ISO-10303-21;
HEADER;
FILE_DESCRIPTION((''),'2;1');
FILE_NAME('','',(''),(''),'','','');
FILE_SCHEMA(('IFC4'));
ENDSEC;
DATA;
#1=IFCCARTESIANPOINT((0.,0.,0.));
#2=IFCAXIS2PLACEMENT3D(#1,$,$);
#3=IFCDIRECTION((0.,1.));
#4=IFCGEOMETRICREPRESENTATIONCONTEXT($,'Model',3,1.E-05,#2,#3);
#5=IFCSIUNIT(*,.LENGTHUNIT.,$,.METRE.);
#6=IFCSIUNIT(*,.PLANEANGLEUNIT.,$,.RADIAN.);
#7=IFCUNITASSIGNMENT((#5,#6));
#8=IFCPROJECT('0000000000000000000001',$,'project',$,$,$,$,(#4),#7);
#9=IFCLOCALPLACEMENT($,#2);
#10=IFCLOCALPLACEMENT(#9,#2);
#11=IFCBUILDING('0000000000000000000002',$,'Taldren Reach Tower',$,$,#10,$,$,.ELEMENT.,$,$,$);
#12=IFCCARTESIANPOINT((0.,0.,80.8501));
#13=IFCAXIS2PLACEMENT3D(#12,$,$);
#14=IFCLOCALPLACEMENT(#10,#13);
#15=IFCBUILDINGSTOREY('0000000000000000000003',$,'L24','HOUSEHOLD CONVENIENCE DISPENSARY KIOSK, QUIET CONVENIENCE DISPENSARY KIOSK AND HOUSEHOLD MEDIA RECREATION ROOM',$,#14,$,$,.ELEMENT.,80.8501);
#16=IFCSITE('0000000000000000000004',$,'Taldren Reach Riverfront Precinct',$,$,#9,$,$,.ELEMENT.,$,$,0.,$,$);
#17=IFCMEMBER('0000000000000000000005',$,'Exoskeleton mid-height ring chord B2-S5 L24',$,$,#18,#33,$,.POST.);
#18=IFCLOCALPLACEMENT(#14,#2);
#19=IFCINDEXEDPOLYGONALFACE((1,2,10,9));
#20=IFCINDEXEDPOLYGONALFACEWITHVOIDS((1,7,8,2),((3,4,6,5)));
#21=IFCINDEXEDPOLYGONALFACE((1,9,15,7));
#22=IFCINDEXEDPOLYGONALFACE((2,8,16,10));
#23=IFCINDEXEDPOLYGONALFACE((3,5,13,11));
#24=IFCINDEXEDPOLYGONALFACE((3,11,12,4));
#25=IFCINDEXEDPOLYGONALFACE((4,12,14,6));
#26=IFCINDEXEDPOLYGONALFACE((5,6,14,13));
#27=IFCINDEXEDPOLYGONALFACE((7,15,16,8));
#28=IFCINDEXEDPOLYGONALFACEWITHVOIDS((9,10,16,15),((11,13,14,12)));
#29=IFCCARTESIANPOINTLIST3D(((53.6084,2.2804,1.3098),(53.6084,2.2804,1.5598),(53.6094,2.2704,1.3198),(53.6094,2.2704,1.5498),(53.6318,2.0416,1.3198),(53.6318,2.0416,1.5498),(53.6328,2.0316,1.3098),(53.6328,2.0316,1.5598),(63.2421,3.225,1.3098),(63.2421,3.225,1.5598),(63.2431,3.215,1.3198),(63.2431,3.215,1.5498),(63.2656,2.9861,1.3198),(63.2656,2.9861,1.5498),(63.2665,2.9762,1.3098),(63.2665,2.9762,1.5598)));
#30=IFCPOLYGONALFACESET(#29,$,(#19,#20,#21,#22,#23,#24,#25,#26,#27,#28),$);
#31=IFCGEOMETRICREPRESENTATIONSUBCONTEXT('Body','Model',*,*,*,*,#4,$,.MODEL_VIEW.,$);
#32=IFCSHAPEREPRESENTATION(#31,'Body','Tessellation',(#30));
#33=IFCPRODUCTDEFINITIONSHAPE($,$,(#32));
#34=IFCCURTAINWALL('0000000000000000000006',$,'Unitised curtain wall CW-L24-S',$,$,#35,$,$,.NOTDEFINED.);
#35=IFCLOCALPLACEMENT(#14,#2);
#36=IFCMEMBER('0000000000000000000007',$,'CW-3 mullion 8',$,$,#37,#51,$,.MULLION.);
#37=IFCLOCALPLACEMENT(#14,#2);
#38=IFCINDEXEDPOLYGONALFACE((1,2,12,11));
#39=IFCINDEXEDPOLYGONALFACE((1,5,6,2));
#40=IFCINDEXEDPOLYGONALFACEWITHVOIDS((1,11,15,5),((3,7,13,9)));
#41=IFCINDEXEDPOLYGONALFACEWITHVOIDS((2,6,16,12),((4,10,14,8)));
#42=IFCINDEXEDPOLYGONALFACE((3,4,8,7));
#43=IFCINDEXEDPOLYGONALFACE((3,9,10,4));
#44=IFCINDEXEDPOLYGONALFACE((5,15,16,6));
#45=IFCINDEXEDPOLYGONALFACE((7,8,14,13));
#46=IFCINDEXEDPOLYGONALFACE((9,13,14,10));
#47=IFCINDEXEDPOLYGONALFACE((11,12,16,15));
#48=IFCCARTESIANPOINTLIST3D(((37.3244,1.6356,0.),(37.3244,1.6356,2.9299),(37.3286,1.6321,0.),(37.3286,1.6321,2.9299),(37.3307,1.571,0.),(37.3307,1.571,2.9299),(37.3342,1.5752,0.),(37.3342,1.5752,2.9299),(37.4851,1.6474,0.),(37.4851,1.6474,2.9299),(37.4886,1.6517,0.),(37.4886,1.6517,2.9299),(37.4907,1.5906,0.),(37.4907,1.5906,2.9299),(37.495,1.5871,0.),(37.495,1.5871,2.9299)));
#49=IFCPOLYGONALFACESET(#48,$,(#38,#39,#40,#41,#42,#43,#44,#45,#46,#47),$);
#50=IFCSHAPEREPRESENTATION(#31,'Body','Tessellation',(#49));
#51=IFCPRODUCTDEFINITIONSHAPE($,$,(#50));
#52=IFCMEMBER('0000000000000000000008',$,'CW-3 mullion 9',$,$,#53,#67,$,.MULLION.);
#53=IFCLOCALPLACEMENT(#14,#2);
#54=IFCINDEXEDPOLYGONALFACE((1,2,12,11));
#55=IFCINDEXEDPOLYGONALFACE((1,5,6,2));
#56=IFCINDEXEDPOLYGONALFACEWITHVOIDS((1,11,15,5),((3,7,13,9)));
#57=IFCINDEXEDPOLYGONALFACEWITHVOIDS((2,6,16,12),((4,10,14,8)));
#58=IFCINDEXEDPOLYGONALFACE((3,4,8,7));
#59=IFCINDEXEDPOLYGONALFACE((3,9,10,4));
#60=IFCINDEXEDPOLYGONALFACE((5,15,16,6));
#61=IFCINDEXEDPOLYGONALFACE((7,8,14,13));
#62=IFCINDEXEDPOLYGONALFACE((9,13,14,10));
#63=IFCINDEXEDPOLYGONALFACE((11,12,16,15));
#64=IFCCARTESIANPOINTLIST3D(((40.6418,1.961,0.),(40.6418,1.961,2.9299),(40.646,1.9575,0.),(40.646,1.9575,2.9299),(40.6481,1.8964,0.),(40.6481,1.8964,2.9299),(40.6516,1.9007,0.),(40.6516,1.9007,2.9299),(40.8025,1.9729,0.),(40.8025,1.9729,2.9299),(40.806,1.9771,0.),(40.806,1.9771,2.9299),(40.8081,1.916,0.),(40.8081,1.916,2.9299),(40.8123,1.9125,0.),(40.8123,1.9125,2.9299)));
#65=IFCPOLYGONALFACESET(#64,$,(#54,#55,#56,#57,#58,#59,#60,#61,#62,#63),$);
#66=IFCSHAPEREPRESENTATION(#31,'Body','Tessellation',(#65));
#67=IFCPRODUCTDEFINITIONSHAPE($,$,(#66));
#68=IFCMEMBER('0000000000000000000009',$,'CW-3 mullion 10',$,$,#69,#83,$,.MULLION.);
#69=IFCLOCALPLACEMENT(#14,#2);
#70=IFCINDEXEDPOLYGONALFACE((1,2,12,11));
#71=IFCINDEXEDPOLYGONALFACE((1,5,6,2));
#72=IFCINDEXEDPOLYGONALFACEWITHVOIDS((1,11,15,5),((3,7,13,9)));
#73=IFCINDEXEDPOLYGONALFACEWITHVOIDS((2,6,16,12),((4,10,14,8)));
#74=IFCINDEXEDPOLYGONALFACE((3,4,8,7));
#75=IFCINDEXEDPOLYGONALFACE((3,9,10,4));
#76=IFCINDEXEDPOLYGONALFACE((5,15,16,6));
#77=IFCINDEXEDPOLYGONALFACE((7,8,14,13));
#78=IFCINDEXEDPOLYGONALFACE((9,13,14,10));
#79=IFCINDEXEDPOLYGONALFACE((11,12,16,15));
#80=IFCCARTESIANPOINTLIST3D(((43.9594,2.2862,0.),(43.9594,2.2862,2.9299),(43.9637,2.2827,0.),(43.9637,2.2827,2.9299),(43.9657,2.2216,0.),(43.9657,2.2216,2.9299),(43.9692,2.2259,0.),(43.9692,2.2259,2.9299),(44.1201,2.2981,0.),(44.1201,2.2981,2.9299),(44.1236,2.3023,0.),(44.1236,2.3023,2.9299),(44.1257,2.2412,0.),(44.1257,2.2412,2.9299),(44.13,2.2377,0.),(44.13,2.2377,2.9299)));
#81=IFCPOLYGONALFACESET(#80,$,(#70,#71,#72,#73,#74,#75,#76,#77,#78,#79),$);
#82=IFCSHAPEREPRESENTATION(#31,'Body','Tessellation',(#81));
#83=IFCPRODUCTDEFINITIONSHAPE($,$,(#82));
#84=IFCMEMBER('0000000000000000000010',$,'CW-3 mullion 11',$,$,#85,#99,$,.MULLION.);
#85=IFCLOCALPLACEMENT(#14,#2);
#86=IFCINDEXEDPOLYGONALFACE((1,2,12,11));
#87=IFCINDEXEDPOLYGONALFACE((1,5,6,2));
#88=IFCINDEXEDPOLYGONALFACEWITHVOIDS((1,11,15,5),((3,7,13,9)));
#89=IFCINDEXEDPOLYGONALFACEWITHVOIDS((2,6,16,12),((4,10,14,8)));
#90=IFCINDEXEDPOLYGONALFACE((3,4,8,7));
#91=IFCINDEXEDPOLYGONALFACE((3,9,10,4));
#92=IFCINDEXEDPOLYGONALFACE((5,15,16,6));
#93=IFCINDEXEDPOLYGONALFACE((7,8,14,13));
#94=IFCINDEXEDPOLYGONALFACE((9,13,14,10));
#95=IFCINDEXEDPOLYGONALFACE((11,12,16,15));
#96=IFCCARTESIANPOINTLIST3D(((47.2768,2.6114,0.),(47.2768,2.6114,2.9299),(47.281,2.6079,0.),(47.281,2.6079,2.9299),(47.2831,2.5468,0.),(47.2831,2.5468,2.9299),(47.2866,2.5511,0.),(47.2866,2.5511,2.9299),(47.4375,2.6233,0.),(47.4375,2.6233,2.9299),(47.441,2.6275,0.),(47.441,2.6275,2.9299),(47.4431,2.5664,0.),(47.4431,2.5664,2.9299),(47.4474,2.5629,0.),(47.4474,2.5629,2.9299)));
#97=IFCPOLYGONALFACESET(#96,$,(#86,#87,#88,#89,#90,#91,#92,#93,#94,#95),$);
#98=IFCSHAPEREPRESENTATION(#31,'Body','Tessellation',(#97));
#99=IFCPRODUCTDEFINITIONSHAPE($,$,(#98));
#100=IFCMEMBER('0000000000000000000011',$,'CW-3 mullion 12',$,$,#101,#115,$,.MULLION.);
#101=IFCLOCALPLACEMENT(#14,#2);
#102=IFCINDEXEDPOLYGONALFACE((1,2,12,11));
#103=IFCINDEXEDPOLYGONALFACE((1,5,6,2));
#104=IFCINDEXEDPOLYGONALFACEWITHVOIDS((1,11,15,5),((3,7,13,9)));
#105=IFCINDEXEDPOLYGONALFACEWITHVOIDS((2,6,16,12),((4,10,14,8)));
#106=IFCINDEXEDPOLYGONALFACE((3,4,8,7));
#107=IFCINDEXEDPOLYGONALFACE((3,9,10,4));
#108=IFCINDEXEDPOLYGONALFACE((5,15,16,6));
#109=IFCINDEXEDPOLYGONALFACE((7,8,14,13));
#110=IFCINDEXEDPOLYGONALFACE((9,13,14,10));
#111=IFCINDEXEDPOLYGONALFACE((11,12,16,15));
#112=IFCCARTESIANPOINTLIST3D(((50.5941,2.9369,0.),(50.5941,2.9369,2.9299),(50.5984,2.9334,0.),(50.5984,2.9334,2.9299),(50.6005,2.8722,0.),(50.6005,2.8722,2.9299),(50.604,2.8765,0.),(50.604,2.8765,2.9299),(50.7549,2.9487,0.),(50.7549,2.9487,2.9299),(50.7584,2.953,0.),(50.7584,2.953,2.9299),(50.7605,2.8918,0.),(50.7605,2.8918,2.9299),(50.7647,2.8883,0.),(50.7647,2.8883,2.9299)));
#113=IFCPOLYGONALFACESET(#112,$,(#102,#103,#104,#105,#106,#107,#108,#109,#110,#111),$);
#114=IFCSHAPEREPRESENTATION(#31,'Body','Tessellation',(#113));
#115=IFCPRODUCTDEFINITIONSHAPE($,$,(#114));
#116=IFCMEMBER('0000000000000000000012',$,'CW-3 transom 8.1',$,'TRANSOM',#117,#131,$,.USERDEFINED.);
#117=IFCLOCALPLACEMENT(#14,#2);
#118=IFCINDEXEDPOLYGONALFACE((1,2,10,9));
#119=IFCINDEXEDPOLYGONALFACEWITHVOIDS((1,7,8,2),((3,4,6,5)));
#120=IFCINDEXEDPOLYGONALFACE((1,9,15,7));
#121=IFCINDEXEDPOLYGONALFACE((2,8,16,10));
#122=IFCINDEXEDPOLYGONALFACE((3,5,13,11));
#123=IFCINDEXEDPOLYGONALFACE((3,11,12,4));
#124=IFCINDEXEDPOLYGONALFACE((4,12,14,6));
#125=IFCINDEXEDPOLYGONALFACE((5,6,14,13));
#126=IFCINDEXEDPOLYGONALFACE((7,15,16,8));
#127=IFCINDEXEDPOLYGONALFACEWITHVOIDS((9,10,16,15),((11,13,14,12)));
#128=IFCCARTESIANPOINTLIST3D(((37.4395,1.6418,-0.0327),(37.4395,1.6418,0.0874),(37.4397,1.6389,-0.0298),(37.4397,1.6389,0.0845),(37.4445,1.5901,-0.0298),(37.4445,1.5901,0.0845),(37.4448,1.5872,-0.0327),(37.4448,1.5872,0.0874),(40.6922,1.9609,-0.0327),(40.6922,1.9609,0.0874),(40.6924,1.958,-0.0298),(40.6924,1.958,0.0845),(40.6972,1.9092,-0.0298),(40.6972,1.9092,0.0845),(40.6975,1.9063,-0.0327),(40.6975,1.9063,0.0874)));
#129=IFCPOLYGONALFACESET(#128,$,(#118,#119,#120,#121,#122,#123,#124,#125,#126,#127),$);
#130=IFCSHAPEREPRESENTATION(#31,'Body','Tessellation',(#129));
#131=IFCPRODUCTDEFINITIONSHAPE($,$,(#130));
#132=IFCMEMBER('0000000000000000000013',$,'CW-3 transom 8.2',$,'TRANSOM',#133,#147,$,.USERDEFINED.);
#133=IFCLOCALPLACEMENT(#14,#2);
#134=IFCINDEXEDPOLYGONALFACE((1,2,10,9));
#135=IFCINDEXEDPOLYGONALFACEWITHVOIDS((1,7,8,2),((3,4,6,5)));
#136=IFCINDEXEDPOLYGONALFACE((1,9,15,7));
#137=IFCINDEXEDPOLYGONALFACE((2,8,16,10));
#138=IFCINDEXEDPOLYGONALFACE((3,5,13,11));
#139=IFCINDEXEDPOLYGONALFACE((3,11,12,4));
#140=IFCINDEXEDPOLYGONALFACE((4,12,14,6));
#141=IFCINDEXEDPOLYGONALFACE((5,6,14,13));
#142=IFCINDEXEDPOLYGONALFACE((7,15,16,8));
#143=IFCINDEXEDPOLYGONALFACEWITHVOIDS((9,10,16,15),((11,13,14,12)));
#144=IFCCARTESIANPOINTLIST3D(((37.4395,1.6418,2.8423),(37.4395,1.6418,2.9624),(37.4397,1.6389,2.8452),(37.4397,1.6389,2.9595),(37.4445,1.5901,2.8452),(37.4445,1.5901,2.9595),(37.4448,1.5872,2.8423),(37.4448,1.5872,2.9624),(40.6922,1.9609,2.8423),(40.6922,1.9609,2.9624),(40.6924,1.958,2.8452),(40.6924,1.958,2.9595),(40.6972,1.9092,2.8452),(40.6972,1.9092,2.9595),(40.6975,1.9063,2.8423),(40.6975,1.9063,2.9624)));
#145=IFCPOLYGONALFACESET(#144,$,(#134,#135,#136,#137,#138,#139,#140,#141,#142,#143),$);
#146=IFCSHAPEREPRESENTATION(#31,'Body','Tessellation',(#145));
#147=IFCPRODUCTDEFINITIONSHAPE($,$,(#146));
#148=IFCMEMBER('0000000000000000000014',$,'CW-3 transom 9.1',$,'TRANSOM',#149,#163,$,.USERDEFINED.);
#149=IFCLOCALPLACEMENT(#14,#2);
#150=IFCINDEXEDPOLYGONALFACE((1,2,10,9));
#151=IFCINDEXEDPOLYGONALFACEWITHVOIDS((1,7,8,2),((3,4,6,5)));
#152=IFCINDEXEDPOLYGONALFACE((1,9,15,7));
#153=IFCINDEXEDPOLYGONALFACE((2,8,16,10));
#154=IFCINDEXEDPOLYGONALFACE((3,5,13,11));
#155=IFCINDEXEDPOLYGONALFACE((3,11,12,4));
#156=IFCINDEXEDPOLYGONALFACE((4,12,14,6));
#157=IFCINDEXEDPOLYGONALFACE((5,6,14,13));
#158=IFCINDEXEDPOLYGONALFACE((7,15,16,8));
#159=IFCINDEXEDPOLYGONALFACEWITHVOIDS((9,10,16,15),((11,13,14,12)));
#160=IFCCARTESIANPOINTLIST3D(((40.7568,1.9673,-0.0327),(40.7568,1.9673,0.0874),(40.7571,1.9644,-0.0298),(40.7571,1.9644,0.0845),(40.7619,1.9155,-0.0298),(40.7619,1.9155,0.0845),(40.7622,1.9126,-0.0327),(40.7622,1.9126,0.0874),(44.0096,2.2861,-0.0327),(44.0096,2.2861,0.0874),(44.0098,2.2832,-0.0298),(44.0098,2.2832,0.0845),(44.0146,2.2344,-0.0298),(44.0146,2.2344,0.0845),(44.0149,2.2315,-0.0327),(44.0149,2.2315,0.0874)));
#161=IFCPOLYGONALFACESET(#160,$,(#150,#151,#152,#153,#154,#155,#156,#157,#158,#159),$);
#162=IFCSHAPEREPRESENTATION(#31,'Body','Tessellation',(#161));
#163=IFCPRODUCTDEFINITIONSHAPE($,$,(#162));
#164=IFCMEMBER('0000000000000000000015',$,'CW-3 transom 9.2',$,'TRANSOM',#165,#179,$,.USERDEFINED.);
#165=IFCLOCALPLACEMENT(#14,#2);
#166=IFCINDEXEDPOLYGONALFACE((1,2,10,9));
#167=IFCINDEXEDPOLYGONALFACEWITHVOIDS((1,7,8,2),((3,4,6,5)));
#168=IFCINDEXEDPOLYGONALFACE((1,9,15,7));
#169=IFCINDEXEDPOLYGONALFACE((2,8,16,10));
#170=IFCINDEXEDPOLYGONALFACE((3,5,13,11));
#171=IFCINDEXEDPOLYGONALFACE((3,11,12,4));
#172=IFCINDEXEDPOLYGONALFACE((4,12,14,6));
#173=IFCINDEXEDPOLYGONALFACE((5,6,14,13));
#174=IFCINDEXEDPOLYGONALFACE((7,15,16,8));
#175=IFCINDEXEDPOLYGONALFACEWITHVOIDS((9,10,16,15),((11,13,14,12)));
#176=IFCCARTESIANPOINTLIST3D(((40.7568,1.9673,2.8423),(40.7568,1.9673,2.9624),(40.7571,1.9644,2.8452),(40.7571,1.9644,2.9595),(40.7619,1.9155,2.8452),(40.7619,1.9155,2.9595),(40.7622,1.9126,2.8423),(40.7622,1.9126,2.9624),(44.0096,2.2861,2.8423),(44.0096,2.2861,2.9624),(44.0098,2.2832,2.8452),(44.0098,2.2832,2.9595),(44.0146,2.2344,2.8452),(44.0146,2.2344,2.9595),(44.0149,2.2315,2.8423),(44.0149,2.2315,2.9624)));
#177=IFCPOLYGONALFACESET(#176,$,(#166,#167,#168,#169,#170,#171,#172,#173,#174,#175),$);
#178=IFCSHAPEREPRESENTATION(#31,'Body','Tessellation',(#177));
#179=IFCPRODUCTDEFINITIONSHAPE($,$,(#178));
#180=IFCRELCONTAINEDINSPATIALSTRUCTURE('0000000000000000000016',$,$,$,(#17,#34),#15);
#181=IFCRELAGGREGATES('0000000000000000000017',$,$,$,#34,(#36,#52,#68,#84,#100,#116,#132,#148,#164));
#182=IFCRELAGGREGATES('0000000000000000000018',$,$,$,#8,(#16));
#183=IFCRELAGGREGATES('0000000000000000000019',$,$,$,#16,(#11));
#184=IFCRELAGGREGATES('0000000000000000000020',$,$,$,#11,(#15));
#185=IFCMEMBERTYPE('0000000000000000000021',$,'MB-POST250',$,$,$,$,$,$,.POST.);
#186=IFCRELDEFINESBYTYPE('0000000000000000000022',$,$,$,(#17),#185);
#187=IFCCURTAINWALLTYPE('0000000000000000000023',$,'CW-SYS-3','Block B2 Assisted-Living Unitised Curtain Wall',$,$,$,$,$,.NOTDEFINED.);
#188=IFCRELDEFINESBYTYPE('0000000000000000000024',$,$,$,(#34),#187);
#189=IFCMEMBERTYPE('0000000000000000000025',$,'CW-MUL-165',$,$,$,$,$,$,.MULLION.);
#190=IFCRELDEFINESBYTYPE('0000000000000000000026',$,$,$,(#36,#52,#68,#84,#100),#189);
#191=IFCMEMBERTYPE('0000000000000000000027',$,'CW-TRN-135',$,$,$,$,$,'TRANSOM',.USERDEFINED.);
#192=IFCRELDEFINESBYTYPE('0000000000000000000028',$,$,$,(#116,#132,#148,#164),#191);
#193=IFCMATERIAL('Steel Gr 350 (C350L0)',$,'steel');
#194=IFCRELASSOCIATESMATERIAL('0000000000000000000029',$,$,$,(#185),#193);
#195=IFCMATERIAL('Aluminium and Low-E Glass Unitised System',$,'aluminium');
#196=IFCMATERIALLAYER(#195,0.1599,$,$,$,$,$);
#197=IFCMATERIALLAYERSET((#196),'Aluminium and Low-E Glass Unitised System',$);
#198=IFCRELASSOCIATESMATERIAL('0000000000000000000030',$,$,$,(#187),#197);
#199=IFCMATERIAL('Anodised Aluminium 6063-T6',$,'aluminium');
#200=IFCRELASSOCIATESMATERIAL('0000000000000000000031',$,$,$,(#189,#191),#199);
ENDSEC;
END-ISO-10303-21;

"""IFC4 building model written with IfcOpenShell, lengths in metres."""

from ifc_helpers import new_model, si_unit, direction, frame, origin, origin_2d, place, context, subcontext, project, spatial, hollow_rectangle, extrude, source, transform, mapped, material, layer, layer_set, material_profile, profile_set, type_object, element, aggregate, save


model = new_model("IFC4")

# Units and contexts
model_context = context("Model", 3, precision=1e-05, world=origin(), true_north=direction((0.0, 1.0)))
body_context = subcontext(model_context, "Body", "Model", "MODEL_VIEW")
ifc_project = project(units=[si_unit("LENGTHUNIT", "METRE"), si_unit("PLANEANGLEUNIT", "RADIAN")], contexts=[model_context])

# Site, building, storey
site_placement = place(None, origin())
site = spatial("IfcSite", under=ifc_project, at=site_placement, Name="Taldren Reach Riverfront Precinct", CompositionType="ELEMENT", RefElevation=0.0)
building_placement = place(site_placement, origin())
building = spatial("IfcBuilding", under=site, at=building_placement, Name="Taldren Reach Tower", CompositionType="ELEMENT")
storey_placement = place(building_placement, frame((0.0, 0.0, 80.8501)))
storey = spatial("IfcBuildingStorey", under=building, at=storey_placement, Name="L24", Description="HOUSEHOLD CONVENIENCE DISPENSARY KIOSK, QUIET CONVENIENCE DISPENSARY KIOSK AND HOUSEHOLD MEDIA RECREATION ROOM", CompositionType="ELEMENT", Elevation=80.8501)

# Shared definitions
ifc_material_1 = material(Name="Steel Gr 350 (C350L0)", Category="steel")
ifc_material_profile_1 = material_profile(ifc_material_1, hollow_rectangle(XDim=0.25, YDim=0.25, WallThickness=0.01, at=origin_2d()), Name="250x250x10.0SHS")
ifc_profile_set_1 = profile_set([ifc_material_profile_1], Name="Steel Gr 350 (C350L0)")
member_type_1 = type_object("IfcMemberType", Name="MB-POST250", PredefinedType="POST", material=ifc_profile_set_1)

# Member
shared_shape_1 = source(origin(), body_context, "Body", "SweptSolid", [
    extrude(hollow_rectangle(XDim=0.25, YDim=0.25, WallThickness=0.01, at=origin_2d()), origin(), (0.0, 0.0, 1.0), 9.6799),
])
for number, where, z_axis, x_axis, name in (
    (1, (53.6206, 2.156, 1.4348), (0.995228, 0.097581, 0.0), (-0.097581, 0.995228, 0.0), "Exoskeleton mid-height ring chord B2-S5 L24"),
):
    element("IfcMember", number, at=place(storey_placement, frame(where, z_axis=z_axis, x_axis=x_axis)), inside=storey, type_object=member_type_1, Name=name, PredefinedType="POST", context=body_context, shape_type="MappedRepresentation", body=[
        mapped(shared_shape_1, transform((0.0, 0.0, 0.0), scale=1.0)),
    ])

# Curtain wall, members
ifc_material_2 = material(Name="Aluminium and Low-E Glass Unitised System", Category="aluminium")
ifc_layer_1 = layer(ifc_material_2, 0.1599)
ifc_layer_set_1 = layer_set([ifc_layer_1], Name="Aluminium and Low-E Glass Unitised System")
curtain_wall_type = type_object("IfcCurtainWallType", Name="CW-SYS-3", Description="Block B2 Assisted-Living Unitised Curtain Wall", PredefinedType="NOTDEFINED", material=ifc_layer_set_1)
curtain_wall_placement = place(storey_placement, origin())
curtain_wall = element("IfcCurtainWall", 2, at=curtain_wall_placement, inside=storey, type_object=curtain_wall_type, Name="Unitised curtain wall CW-L24-S", PredefinedType="NOTDEFINED")
ifc_material_3 = material(Name="Anodised Aluminium 6063-T6", Category="aluminium")
ifc_material_profile_2 = material_profile(ifc_material_3, hollow_rectangle(XDim=0.0649, YDim=0.165, WallThickness=0.0039, at=origin_2d()), Name="ALU-165x65x4RHS")
ifc_profile_set_2 = profile_set([ifc_material_profile_2], Name="Anodised Aluminium 6063-T6")
member_type_2 = type_object("IfcMemberType", Name="CW-MUL-165", PredefinedType="MULLION", material=ifc_profile_set_2)
shared_shape_2 = source(origin(), body_context, "Body", "SweptSolid", [
    extrude(hollow_rectangle(XDim=0.0649, YDim=0.165, WallThickness=0.0039, at=origin_2d()), origin(), (0.0, 0.0, 1.0), 2.9299),
])
member_1_placement = place(storey_placement, frame((37.4097, 1.6113, 0.0), z_axis=(0.0, 0.0, 1.0), x_axis=(-0.097583, 0.995227, 0.0)))
member_1 = element("IfcMember", 3, at=member_1_placement, type_object=member_type_2, Name="CW-3 mullion 8", PredefinedType="MULLION", context=body_context, shape_type="MappedRepresentation", body=[
    mapped(shared_shape_2, transform((0.0, 0.0, 0.0), scale=1.0)),
])
member_2_placement = place(storey_placement, frame((40.7271, 1.9368, 0.0), z_axis=(0.0, 0.0, 1.0), x_axis=(-0.097583, 0.995227, 0.0)))
member_2 = element("IfcMember", 4, at=member_2_placement, type_object=member_type_2, Name="CW-3 mullion 9", PredefinedType="MULLION", context=body_context, shape_type="MappedRepresentation", body=[
    mapped(shared_shape_2, transform((0.0, 0.0, 0.0), scale=1.0)),
])
member_3_placement = place(storey_placement, frame((44.0447, 2.262, 0.0), z_axis=(0.0, 0.0, 1.0), x_axis=(-0.097583, 0.995227, 0.0)))
member_3 = element("IfcMember", 5, at=member_3_placement, type_object=member_type_2, Name="CW-3 mullion 10", PredefinedType="MULLION", context=body_context, shape_type="MappedRepresentation", body=[
    mapped(shared_shape_2, transform((0.0, 0.0, 0.0), scale=1.0)),
])
member_4_placement = place(storey_placement, frame((47.3621, 2.5872, 0.0), z_axis=(0.0, 0.0, 1.0), x_axis=(-0.097583, 0.995227, 0.0)))
member_4 = element("IfcMember", 6, at=member_4_placement, type_object=member_type_2, Name="CW-3 mullion 11", PredefinedType="MULLION", context=body_context, shape_type="MappedRepresentation", body=[
    mapped(shared_shape_2, transform((0.0, 0.0, 0.0), scale=1.0)),
])
member_5_placement = place(storey_placement, frame((50.6794, 2.9126, 0.0), z_axis=(0.0, 0.0, 1.0), x_axis=(-0.097583, 0.995227, 0.0)))
member_5 = element("IfcMember", 7, at=member_5_placement, type_object=member_type_2, Name="CW-3 mullion 12", PredefinedType="MULLION", context=body_context, shape_type="MappedRepresentation", body=[
    mapped(shared_shape_2, transform((0.0, 0.0, 0.0), scale=1.0)),
])
ifc_material_profile_3 = material_profile(ifc_material_3, hollow_rectangle(XDim=0.0549, YDim=0.1201, WallThickness=0.0029, at=origin_2d()), Name="ALU-120x55x3RHS")
ifc_profile_set_3 = profile_set([ifc_material_profile_3], Name="Anodised Aluminium 6063-T6")
member_type_3 = type_object("IfcMemberType", Name="CW-TRN-135", ElementType="TRANSOM", PredefinedType="USERDEFINED", material=ifc_profile_set_3)
shared_shape_3 = source(origin(), body_context, "Body", "SweptSolid", [
    extrude(hollow_rectangle(XDim=0.0549, YDim=0.1201, WallThickness=0.0029, at=origin_2d()), origin(), (0.0, 0.0, 1.0), 3.2683),
])
member_6_placement = place(storey_placement, frame((37.4421, 1.6145, 0.0273), z_axis=(0.995223, 0.097632, 0.0), x_axis=(-0.097632, 0.995223, 0.0)))
member_6 = element("IfcMember", 8, at=member_6_placement, type_object=member_type_3, Name="CW-3 transom 8.1", ObjectType="TRANSOM", PredefinedType="USERDEFINED", context=body_context, shape_type="MappedRepresentation", body=[
    mapped(shared_shape_3, transform((0.0, 0.0, 0.0), scale=1.0)),
])
member_7_placement = place(storey_placement, frame((37.4421, 1.6145, 2.9023), z_axis=(0.995223, 0.097632, 0.0), x_axis=(-0.097632, 0.995223, 0.0)))
member_7 = element("IfcMember", 9, at=member_7_placement, type_object=member_type_3, Name="CW-3 transom 8.2", ObjectType="TRANSOM", PredefinedType="USERDEFINED", context=body_context, shape_type="MappedRepresentation", body=[
    mapped(shared_shape_3, transform((0.0, 0.0, 0.0), scale=1.0)),
])
member_8_placement = place(storey_placement, frame((40.7595, 1.9399, 0.0273), z_axis=(0.99523, 0.097558, 0.0), x_axis=(-0.097558, 0.99523, 0.0)))
member_8 = element("IfcMember", 10, at=member_8_placement, type_object=member_type_3, Name="CW-3 transom 9.1", ObjectType="TRANSOM", PredefinedType="USERDEFINED", context=body_context, shape_type="MappedRepresentation", body=[
    mapped(shared_shape_3, transform((0.0, 0.0, 0.0), scale=1.0)),
])
member_9_placement = place(storey_placement, frame((40.7595, 1.9399, 2.9023), z_axis=(0.99523, 0.097558, 0.0), x_axis=(-0.097558, 0.99523, 0.0)))
member_9 = element("IfcMember", 11, at=member_9_placement, type_object=member_type_3, Name="CW-3 transom 9.2", ObjectType="TRANSOM", PredefinedType="USERDEFINED", context=body_context, shape_type="MappedRepresentation", body=[
    mapped(shared_shape_3, transform((0.0, 0.0, 0.0), scale=1.0)),
])

aggregate(curtain_wall, [member_1, member_2, member_3, member_4, member_5, member_6, member_7, member_8, member_9])

save(model, "model.ifc")
